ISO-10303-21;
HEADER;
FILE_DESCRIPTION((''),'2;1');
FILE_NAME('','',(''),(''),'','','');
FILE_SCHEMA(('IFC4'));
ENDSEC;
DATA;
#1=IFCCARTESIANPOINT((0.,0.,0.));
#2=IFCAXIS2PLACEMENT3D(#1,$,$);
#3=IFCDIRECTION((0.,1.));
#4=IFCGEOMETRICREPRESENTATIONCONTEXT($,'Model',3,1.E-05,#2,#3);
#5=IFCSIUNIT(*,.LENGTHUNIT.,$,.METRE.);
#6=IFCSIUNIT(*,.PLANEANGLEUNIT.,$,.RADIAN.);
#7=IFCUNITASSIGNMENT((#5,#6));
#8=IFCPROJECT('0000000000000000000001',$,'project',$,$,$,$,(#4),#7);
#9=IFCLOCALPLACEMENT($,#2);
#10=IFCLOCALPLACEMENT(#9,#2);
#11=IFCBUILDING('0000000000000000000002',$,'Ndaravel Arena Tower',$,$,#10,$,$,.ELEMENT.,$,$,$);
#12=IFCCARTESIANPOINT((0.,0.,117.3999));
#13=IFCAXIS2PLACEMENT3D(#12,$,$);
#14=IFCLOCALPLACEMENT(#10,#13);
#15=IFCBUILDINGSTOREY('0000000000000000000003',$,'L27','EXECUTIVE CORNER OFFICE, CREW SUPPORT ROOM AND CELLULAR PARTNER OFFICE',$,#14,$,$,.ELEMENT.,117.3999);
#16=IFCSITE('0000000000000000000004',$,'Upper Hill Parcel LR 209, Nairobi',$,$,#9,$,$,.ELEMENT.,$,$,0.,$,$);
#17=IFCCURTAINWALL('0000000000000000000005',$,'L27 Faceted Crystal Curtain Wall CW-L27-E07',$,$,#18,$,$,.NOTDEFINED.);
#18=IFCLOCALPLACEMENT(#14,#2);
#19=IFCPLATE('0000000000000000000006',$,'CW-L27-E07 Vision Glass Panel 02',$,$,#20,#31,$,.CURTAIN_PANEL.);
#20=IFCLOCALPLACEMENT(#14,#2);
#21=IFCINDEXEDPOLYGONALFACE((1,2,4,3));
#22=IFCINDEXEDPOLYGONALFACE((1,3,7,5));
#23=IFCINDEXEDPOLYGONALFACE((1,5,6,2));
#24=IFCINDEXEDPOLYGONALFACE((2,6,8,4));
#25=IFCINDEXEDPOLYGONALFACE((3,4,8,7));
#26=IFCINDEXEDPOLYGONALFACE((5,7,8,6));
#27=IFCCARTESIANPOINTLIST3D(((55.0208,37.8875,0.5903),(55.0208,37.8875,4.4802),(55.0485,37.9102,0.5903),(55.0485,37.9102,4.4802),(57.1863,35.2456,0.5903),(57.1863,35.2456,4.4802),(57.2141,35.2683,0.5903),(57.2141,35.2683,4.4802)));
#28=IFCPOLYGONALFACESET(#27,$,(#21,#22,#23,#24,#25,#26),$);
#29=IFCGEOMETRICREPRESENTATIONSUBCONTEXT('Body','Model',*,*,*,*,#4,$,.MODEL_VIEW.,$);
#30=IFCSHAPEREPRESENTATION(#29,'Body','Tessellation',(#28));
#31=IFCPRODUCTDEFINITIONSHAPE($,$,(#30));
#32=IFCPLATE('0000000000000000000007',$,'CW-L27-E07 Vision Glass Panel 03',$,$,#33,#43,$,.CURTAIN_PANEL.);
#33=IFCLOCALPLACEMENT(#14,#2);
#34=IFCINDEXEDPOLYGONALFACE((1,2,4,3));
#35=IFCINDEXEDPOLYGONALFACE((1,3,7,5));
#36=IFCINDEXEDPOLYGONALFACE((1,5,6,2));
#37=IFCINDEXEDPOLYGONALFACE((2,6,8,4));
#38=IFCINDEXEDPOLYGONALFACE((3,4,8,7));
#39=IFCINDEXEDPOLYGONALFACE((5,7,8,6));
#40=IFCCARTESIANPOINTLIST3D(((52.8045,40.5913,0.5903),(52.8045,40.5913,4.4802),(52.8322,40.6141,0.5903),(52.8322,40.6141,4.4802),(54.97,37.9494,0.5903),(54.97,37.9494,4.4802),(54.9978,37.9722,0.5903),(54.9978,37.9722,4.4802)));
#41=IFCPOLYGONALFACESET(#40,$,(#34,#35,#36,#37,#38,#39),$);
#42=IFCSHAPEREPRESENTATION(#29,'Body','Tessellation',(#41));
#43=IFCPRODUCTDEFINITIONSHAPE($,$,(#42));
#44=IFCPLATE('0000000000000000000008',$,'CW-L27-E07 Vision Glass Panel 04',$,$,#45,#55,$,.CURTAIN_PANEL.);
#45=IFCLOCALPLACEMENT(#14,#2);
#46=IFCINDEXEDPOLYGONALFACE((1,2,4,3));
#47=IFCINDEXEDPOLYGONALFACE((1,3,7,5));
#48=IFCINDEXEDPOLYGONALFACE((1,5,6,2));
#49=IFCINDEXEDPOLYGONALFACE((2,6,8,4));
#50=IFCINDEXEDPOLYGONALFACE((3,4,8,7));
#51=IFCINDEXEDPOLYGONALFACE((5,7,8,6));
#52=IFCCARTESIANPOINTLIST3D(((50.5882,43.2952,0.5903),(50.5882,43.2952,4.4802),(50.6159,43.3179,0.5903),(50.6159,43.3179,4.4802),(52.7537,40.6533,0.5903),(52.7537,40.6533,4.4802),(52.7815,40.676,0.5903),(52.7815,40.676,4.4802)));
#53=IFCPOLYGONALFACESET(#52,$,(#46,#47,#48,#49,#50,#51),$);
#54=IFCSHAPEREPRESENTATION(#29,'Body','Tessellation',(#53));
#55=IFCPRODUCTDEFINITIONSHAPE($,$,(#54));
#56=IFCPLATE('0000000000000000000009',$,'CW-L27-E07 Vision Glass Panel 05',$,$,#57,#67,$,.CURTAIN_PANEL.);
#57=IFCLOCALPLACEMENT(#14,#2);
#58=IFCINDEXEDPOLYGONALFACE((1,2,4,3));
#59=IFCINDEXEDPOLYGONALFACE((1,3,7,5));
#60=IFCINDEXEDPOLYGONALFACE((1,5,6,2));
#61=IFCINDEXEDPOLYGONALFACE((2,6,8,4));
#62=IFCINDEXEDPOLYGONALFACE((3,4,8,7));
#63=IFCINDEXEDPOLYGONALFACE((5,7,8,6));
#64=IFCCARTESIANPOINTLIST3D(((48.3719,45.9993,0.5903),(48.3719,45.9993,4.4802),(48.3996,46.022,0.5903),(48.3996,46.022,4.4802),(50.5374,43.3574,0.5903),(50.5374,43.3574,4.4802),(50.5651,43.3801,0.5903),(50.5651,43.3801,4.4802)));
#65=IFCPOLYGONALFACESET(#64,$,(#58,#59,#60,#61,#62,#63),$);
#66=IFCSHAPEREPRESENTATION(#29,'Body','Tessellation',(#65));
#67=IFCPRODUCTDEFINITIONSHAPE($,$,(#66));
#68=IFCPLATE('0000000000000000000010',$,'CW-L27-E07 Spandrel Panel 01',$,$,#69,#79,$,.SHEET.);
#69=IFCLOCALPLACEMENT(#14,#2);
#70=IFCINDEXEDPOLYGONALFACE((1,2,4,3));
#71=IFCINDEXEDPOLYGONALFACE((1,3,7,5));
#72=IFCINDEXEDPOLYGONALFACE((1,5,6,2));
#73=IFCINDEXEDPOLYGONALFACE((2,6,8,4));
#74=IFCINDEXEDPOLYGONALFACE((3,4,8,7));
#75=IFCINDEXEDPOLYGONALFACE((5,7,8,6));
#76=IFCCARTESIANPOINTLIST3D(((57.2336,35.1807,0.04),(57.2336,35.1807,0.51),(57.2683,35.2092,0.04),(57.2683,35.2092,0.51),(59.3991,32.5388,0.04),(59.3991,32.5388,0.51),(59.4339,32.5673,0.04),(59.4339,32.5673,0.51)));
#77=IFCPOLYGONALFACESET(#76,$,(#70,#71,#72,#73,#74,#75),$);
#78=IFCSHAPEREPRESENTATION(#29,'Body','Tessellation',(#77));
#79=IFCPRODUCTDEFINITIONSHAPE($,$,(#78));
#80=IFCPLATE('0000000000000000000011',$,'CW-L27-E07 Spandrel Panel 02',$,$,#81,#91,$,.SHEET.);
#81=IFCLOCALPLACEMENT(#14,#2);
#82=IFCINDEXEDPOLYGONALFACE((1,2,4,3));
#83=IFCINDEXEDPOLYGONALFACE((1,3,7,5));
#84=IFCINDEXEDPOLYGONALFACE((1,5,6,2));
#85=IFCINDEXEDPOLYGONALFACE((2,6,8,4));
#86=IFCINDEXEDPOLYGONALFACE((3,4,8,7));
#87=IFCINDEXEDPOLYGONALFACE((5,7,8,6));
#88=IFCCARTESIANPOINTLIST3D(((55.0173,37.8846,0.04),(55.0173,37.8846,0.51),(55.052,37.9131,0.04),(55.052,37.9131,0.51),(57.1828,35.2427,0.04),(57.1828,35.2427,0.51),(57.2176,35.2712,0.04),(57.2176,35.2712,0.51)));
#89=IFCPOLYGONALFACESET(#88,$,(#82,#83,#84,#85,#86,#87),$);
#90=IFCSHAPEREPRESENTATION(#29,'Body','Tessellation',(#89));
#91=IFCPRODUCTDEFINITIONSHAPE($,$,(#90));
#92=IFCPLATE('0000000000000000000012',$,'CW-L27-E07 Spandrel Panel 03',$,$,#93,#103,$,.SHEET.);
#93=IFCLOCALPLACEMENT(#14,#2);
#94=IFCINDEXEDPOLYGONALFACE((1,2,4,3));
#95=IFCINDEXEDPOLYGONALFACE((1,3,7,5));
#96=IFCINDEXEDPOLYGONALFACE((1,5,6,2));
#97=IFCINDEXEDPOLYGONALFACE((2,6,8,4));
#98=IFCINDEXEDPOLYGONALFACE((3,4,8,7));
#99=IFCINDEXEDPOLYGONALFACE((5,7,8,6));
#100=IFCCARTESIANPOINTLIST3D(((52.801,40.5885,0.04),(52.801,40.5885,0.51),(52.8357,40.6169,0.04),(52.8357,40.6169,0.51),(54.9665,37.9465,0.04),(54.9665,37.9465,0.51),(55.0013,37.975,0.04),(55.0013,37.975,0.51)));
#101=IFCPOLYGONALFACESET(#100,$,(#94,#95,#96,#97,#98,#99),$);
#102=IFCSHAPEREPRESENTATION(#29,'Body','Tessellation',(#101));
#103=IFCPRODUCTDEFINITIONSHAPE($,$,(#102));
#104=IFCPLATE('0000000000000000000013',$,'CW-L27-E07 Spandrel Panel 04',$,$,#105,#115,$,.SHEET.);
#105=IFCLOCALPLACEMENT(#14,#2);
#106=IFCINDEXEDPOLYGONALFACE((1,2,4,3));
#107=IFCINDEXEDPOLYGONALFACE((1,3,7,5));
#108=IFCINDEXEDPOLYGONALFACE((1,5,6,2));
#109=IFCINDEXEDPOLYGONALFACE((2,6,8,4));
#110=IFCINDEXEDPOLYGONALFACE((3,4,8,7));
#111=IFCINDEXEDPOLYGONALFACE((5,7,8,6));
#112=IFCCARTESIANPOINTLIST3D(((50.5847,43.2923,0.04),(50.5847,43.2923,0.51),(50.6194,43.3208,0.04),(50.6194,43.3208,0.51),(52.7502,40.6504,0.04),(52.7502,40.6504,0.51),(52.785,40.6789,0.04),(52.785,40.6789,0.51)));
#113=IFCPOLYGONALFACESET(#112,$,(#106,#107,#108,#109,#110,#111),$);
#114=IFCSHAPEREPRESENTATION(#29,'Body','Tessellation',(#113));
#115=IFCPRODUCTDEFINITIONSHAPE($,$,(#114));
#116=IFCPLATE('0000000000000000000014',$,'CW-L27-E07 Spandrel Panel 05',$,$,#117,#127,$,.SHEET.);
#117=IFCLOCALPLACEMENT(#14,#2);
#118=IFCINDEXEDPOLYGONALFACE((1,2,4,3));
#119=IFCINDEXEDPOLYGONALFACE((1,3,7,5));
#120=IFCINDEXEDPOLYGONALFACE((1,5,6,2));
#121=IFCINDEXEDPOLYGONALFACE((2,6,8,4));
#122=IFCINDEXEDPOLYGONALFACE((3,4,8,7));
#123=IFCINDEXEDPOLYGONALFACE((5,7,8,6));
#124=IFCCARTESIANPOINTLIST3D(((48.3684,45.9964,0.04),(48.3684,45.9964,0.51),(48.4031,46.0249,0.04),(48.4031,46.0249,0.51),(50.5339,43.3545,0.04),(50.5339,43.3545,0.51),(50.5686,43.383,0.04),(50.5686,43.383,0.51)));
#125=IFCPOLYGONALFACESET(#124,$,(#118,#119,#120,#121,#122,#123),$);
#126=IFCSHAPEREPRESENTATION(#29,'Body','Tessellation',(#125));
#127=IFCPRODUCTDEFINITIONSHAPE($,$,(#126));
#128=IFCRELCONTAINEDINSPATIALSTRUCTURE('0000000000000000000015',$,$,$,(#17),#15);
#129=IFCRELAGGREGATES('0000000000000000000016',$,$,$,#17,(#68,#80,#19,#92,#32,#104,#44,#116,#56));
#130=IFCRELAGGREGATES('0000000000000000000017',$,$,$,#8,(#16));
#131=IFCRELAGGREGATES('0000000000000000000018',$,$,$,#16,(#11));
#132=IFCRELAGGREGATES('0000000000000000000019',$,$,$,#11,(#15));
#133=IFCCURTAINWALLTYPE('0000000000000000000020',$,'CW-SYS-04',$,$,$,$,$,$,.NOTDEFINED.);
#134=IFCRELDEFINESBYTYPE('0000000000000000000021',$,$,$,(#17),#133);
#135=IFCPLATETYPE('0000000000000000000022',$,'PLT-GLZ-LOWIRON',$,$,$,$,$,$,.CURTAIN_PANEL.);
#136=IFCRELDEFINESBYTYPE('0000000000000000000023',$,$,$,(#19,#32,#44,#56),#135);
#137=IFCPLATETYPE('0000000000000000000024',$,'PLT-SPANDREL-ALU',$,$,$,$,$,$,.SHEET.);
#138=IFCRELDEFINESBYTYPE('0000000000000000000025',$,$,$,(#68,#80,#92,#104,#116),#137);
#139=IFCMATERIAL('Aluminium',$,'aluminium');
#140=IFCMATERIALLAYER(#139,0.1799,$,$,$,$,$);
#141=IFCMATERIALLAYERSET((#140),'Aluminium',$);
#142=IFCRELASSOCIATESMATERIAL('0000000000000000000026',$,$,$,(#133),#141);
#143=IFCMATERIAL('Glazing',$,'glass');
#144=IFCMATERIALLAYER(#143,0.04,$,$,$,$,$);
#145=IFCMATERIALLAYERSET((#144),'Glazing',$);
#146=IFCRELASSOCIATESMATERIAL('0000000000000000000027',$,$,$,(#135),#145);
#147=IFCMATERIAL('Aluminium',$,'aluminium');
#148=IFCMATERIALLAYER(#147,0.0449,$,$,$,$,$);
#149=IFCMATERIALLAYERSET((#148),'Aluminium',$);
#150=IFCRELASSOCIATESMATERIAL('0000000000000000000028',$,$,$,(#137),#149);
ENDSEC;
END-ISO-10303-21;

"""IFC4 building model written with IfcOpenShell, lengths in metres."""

from ifc_helpers import new_model, si_unit, direction, frame, origin, origin_2d, place, context, subcontext, project, spatial, rectangle, extrude, material, layer, layer_set, type_object, element, aggregate, save


model = new_model("IFC4")

# Units and contexts
model_context = context("Model", 3, precision=1e-05, world=origin(), true_north=direction((0.0, 1.0)))
body_context = subcontext(model_context, "Body", "Model", "MODEL_VIEW")
ifc_project = project(units=[si_unit("LENGTHUNIT", "METRE"), si_unit("PLANEANGLEUNIT", "RADIAN")], contexts=[model_context])

# Site, building, storey
site_placement = place(None, origin())
site = spatial("IfcSite", under=ifc_project, at=site_placement, Name="Upper Hill Parcel LR 209, Nairobi", CompositionType="ELEMENT", RefElevation=0.0)
building_placement = place(site_placement, origin())
building = spatial("IfcBuilding", under=site, at=building_placement, Name="Ndaravel Arena Tower", CompositionType="ELEMENT")
storey_placement = place(building_placement, frame((0.0, 0.0, 117.3999)))
storey = spatial("IfcBuildingStorey", under=building, at=storey_placement, Name="L27", Description="EXECUTIVE CORNER OFFICE, CREW SUPPORT ROOM AND CELLULAR PARTNER OFFICE", CompositionType="ELEMENT", Elevation=117.3999)

# Curtain wall
ifc_material_1 = material(Name="Aluminium", Category="aluminium")
ifc_layer_1 = layer(ifc_material_1, 0.1799)
ifc_layer_set_1 = layer_set([ifc_layer_1], Name="Aluminium")
curtain_wall_type = type_object("IfcCurtainWallType", Name="CW-SYS-04", PredefinedType="NOTDEFINED", material=ifc_layer_set_1)
curtain_wall_1_placement = place(storey_placement, origin())
curtain_wall_1 = element("IfcCurtainWall", 1, at=curtain_wall_1_placement, inside=storey, type_object=curtain_wall_type, Name="L27 Faceted Crystal Curtain Wall CW-L27-E07", PredefinedType="NOTDEFINED")

# Plates
ifc_material_2 = material(Name="Glazing", Category="glass")
ifc_layer_2 = layer(ifc_material_2, 0.04)
ifc_layer_set_2 = layer_set([ifc_layer_2], Name="Glazing")
plate_type_1 = type_object("IfcPlateType", Name="PLT-GLZ-LOWIRON", PredefinedType="CURTAIN_PANEL", material=ifc_layer_set_2)
plate_1_placement = place(storey_placement, frame((56.1174, 36.5779, 0.5903), z_axis=(0.0, 0.0, 1.0), x_axis=(-0.633934, 0.773387, 0.0)))
plate_1 = element("IfcPlate", 2, at=plate_1_placement, type_object=plate_type_1, Name="CW-L27-E07 Vision Glass Panel 02", PredefinedType="CURTAIN_PANEL", context=body_context, shape_type="SweptSolid", body=[
    extrude(rectangle(XDim=3.416, YDim=0.0359, at=origin_2d()), origin(), (0.0, 0.0, 1.0), 3.8899),
])
plate_2_placement = place(storey_placement, frame((53.9011, 39.2817, 0.5903), z_axis=(0.0, 0.0, 1.0), x_axis=(-0.633934, 0.773387, 0.0)))
plate_2 = element("IfcPlate", 3, at=plate_2_placement, type_object=plate_type_1, Name="CW-L27-E07 Vision Glass Panel 03", PredefinedType="CURTAIN_PANEL", context=body_context, shape_type="SweptSolid", body=[
    extrude(rectangle(XDim=3.416, YDim=0.0359, at=origin_2d()), origin(), (0.0, 0.0, 1.0), 3.8899),
])
plate_3_placement = place(storey_placement, frame((51.6848, 41.9856, 0.5903), z_axis=(0.0, 0.0, 1.0), x_axis=(-0.633934, 0.773387, 0.0)))
plate_3 = element("IfcPlate", 4, at=plate_3_placement, type_object=plate_type_1, Name="CW-L27-E07 Vision Glass Panel 04", PredefinedType="CURTAIN_PANEL", context=body_context, shape_type="SweptSolid", body=[
    extrude(rectangle(XDim=3.416, YDim=0.0359, at=origin_2d()), origin(), (0.0, 0.0, 1.0), 3.8899),
])
plate_4_placement = place(storey_placement, frame((49.4685, 44.6897, 0.5903), z_axis=(0.0, 0.0, 1.0), x_axis=(-0.633934, 0.773387, 0.0)))
plate_4 = element("IfcPlate", 5, at=plate_4_placement, type_object=plate_type_1, Name="CW-L27-E07 Vision Glass Panel 05", PredefinedType="CURTAIN_PANEL", context=body_context, shape_type="SweptSolid", body=[
    extrude(rectangle(XDim=3.416, YDim=0.0359, at=origin_2d()), origin(), (0.0, 0.0, 1.0), 3.8899),
])
ifc_material_3 = material(Name="Aluminium", Category="aluminium")
ifc_layer_3 = layer(ifc_material_3, 0.0449)
ifc_layer_set_3 = layer_set([ifc_layer_3], Name="Aluminium")
plate_type_2 = type_object("IfcPlateType", Name="PLT-SPANDREL-ALU", PredefinedType="SHEET", material=ifc_layer_set_3)
plate_5_placement = place(storey_placement, frame((58.3337, 33.874, 0.04), z_axis=(0.0, 0.0, 1.0), x_axis=(-0.633934, 0.773387, 0.0)))
plate_5 = element("IfcPlate", 6, at=plate_5_placement, type_object=plate_type_2, Name="CW-L27-E07 Spandrel Panel 01", PredefinedType="SHEET", context=body_context, shape_type="SweptSolid", body=[
    extrude(rectangle(XDim=3.416, YDim=0.0449, at=origin_2d()), origin(), (0.0, 0.0, 1.0), 0.47),
])
plate_6_placement = place(storey_placement, frame((56.1174, 36.5779, 0.04), z_axis=(0.0, 0.0, 1.0), x_axis=(-0.633934, 0.773387, 0.0)))
plate_6 = element("IfcPlate", 7, at=plate_6_placement, type_object=plate_type_2, Name="CW-L27-E07 Spandrel Panel 02", PredefinedType="SHEET", context=body_context, shape_type="SweptSolid", body=[
    extrude(rectangle(XDim=3.416, YDim=0.0449, at=origin_2d()), origin(), (0.0, 0.0, 1.0), 0.47),
])
plate_7_placement = place(storey_placement, frame((53.9011, 39.2817, 0.04), z_axis=(0.0, 0.0, 1.0), x_axis=(-0.633934, 0.773387, 0.0)))
plate_7 = element("IfcPlate", 8, at=plate_7_placement, type_object=plate_type_2, Name="CW-L27-E07 Spandrel Panel 03", PredefinedType="SHEET", context=body_context, shape_type="SweptSolid", body=[
    extrude(rectangle(XDim=3.416, YDim=0.0449, at=origin_2d()), origin(), (0.0, 0.0, 1.0), 0.47),
])
plate_8_placement = place(storey_placement, frame((51.6848, 41.9856, 0.04), z_axis=(0.0, 0.0, 1.0), x_axis=(-0.633934, 0.773387, 0.0)))
plate_8 = element("IfcPlate", 9, at=plate_8_placement, type_object=plate_type_2, Name="CW-L27-E07 Spandrel Panel 04", PredefinedType="SHEET", context=body_context, shape_type="SweptSolid", body=[
    extrude(rectangle(XDim=3.416, YDim=0.0449, at=origin_2d()), origin(), (0.0, 0.0, 1.0), 0.47),
])
plate_9_placement = place(storey_placement, frame((49.4685, 44.6897, 0.04), z_axis=(0.0, 0.0, 1.0), x_axis=(-0.633934, 0.773387, 0.0)))
plate_9 = element("IfcPlate", 10, at=plate_9_placement, type_object=plate_type_2, Name="CW-L27-E07 Spandrel Panel 05", PredefinedType="SHEET", context=body_context, shape_type="SweptSolid", body=[
    extrude(rectangle(XDim=3.416, YDim=0.0449, at=origin_2d()), origin(), (0.0, 0.0, 1.0), 0.47),
])
aggregate(curtain_wall_1, [plate_5, plate_6, plate_1, plate_7, plate_2, plate_8, plate_3, plate_9, plate_4])

save(model, "model.ifc")
